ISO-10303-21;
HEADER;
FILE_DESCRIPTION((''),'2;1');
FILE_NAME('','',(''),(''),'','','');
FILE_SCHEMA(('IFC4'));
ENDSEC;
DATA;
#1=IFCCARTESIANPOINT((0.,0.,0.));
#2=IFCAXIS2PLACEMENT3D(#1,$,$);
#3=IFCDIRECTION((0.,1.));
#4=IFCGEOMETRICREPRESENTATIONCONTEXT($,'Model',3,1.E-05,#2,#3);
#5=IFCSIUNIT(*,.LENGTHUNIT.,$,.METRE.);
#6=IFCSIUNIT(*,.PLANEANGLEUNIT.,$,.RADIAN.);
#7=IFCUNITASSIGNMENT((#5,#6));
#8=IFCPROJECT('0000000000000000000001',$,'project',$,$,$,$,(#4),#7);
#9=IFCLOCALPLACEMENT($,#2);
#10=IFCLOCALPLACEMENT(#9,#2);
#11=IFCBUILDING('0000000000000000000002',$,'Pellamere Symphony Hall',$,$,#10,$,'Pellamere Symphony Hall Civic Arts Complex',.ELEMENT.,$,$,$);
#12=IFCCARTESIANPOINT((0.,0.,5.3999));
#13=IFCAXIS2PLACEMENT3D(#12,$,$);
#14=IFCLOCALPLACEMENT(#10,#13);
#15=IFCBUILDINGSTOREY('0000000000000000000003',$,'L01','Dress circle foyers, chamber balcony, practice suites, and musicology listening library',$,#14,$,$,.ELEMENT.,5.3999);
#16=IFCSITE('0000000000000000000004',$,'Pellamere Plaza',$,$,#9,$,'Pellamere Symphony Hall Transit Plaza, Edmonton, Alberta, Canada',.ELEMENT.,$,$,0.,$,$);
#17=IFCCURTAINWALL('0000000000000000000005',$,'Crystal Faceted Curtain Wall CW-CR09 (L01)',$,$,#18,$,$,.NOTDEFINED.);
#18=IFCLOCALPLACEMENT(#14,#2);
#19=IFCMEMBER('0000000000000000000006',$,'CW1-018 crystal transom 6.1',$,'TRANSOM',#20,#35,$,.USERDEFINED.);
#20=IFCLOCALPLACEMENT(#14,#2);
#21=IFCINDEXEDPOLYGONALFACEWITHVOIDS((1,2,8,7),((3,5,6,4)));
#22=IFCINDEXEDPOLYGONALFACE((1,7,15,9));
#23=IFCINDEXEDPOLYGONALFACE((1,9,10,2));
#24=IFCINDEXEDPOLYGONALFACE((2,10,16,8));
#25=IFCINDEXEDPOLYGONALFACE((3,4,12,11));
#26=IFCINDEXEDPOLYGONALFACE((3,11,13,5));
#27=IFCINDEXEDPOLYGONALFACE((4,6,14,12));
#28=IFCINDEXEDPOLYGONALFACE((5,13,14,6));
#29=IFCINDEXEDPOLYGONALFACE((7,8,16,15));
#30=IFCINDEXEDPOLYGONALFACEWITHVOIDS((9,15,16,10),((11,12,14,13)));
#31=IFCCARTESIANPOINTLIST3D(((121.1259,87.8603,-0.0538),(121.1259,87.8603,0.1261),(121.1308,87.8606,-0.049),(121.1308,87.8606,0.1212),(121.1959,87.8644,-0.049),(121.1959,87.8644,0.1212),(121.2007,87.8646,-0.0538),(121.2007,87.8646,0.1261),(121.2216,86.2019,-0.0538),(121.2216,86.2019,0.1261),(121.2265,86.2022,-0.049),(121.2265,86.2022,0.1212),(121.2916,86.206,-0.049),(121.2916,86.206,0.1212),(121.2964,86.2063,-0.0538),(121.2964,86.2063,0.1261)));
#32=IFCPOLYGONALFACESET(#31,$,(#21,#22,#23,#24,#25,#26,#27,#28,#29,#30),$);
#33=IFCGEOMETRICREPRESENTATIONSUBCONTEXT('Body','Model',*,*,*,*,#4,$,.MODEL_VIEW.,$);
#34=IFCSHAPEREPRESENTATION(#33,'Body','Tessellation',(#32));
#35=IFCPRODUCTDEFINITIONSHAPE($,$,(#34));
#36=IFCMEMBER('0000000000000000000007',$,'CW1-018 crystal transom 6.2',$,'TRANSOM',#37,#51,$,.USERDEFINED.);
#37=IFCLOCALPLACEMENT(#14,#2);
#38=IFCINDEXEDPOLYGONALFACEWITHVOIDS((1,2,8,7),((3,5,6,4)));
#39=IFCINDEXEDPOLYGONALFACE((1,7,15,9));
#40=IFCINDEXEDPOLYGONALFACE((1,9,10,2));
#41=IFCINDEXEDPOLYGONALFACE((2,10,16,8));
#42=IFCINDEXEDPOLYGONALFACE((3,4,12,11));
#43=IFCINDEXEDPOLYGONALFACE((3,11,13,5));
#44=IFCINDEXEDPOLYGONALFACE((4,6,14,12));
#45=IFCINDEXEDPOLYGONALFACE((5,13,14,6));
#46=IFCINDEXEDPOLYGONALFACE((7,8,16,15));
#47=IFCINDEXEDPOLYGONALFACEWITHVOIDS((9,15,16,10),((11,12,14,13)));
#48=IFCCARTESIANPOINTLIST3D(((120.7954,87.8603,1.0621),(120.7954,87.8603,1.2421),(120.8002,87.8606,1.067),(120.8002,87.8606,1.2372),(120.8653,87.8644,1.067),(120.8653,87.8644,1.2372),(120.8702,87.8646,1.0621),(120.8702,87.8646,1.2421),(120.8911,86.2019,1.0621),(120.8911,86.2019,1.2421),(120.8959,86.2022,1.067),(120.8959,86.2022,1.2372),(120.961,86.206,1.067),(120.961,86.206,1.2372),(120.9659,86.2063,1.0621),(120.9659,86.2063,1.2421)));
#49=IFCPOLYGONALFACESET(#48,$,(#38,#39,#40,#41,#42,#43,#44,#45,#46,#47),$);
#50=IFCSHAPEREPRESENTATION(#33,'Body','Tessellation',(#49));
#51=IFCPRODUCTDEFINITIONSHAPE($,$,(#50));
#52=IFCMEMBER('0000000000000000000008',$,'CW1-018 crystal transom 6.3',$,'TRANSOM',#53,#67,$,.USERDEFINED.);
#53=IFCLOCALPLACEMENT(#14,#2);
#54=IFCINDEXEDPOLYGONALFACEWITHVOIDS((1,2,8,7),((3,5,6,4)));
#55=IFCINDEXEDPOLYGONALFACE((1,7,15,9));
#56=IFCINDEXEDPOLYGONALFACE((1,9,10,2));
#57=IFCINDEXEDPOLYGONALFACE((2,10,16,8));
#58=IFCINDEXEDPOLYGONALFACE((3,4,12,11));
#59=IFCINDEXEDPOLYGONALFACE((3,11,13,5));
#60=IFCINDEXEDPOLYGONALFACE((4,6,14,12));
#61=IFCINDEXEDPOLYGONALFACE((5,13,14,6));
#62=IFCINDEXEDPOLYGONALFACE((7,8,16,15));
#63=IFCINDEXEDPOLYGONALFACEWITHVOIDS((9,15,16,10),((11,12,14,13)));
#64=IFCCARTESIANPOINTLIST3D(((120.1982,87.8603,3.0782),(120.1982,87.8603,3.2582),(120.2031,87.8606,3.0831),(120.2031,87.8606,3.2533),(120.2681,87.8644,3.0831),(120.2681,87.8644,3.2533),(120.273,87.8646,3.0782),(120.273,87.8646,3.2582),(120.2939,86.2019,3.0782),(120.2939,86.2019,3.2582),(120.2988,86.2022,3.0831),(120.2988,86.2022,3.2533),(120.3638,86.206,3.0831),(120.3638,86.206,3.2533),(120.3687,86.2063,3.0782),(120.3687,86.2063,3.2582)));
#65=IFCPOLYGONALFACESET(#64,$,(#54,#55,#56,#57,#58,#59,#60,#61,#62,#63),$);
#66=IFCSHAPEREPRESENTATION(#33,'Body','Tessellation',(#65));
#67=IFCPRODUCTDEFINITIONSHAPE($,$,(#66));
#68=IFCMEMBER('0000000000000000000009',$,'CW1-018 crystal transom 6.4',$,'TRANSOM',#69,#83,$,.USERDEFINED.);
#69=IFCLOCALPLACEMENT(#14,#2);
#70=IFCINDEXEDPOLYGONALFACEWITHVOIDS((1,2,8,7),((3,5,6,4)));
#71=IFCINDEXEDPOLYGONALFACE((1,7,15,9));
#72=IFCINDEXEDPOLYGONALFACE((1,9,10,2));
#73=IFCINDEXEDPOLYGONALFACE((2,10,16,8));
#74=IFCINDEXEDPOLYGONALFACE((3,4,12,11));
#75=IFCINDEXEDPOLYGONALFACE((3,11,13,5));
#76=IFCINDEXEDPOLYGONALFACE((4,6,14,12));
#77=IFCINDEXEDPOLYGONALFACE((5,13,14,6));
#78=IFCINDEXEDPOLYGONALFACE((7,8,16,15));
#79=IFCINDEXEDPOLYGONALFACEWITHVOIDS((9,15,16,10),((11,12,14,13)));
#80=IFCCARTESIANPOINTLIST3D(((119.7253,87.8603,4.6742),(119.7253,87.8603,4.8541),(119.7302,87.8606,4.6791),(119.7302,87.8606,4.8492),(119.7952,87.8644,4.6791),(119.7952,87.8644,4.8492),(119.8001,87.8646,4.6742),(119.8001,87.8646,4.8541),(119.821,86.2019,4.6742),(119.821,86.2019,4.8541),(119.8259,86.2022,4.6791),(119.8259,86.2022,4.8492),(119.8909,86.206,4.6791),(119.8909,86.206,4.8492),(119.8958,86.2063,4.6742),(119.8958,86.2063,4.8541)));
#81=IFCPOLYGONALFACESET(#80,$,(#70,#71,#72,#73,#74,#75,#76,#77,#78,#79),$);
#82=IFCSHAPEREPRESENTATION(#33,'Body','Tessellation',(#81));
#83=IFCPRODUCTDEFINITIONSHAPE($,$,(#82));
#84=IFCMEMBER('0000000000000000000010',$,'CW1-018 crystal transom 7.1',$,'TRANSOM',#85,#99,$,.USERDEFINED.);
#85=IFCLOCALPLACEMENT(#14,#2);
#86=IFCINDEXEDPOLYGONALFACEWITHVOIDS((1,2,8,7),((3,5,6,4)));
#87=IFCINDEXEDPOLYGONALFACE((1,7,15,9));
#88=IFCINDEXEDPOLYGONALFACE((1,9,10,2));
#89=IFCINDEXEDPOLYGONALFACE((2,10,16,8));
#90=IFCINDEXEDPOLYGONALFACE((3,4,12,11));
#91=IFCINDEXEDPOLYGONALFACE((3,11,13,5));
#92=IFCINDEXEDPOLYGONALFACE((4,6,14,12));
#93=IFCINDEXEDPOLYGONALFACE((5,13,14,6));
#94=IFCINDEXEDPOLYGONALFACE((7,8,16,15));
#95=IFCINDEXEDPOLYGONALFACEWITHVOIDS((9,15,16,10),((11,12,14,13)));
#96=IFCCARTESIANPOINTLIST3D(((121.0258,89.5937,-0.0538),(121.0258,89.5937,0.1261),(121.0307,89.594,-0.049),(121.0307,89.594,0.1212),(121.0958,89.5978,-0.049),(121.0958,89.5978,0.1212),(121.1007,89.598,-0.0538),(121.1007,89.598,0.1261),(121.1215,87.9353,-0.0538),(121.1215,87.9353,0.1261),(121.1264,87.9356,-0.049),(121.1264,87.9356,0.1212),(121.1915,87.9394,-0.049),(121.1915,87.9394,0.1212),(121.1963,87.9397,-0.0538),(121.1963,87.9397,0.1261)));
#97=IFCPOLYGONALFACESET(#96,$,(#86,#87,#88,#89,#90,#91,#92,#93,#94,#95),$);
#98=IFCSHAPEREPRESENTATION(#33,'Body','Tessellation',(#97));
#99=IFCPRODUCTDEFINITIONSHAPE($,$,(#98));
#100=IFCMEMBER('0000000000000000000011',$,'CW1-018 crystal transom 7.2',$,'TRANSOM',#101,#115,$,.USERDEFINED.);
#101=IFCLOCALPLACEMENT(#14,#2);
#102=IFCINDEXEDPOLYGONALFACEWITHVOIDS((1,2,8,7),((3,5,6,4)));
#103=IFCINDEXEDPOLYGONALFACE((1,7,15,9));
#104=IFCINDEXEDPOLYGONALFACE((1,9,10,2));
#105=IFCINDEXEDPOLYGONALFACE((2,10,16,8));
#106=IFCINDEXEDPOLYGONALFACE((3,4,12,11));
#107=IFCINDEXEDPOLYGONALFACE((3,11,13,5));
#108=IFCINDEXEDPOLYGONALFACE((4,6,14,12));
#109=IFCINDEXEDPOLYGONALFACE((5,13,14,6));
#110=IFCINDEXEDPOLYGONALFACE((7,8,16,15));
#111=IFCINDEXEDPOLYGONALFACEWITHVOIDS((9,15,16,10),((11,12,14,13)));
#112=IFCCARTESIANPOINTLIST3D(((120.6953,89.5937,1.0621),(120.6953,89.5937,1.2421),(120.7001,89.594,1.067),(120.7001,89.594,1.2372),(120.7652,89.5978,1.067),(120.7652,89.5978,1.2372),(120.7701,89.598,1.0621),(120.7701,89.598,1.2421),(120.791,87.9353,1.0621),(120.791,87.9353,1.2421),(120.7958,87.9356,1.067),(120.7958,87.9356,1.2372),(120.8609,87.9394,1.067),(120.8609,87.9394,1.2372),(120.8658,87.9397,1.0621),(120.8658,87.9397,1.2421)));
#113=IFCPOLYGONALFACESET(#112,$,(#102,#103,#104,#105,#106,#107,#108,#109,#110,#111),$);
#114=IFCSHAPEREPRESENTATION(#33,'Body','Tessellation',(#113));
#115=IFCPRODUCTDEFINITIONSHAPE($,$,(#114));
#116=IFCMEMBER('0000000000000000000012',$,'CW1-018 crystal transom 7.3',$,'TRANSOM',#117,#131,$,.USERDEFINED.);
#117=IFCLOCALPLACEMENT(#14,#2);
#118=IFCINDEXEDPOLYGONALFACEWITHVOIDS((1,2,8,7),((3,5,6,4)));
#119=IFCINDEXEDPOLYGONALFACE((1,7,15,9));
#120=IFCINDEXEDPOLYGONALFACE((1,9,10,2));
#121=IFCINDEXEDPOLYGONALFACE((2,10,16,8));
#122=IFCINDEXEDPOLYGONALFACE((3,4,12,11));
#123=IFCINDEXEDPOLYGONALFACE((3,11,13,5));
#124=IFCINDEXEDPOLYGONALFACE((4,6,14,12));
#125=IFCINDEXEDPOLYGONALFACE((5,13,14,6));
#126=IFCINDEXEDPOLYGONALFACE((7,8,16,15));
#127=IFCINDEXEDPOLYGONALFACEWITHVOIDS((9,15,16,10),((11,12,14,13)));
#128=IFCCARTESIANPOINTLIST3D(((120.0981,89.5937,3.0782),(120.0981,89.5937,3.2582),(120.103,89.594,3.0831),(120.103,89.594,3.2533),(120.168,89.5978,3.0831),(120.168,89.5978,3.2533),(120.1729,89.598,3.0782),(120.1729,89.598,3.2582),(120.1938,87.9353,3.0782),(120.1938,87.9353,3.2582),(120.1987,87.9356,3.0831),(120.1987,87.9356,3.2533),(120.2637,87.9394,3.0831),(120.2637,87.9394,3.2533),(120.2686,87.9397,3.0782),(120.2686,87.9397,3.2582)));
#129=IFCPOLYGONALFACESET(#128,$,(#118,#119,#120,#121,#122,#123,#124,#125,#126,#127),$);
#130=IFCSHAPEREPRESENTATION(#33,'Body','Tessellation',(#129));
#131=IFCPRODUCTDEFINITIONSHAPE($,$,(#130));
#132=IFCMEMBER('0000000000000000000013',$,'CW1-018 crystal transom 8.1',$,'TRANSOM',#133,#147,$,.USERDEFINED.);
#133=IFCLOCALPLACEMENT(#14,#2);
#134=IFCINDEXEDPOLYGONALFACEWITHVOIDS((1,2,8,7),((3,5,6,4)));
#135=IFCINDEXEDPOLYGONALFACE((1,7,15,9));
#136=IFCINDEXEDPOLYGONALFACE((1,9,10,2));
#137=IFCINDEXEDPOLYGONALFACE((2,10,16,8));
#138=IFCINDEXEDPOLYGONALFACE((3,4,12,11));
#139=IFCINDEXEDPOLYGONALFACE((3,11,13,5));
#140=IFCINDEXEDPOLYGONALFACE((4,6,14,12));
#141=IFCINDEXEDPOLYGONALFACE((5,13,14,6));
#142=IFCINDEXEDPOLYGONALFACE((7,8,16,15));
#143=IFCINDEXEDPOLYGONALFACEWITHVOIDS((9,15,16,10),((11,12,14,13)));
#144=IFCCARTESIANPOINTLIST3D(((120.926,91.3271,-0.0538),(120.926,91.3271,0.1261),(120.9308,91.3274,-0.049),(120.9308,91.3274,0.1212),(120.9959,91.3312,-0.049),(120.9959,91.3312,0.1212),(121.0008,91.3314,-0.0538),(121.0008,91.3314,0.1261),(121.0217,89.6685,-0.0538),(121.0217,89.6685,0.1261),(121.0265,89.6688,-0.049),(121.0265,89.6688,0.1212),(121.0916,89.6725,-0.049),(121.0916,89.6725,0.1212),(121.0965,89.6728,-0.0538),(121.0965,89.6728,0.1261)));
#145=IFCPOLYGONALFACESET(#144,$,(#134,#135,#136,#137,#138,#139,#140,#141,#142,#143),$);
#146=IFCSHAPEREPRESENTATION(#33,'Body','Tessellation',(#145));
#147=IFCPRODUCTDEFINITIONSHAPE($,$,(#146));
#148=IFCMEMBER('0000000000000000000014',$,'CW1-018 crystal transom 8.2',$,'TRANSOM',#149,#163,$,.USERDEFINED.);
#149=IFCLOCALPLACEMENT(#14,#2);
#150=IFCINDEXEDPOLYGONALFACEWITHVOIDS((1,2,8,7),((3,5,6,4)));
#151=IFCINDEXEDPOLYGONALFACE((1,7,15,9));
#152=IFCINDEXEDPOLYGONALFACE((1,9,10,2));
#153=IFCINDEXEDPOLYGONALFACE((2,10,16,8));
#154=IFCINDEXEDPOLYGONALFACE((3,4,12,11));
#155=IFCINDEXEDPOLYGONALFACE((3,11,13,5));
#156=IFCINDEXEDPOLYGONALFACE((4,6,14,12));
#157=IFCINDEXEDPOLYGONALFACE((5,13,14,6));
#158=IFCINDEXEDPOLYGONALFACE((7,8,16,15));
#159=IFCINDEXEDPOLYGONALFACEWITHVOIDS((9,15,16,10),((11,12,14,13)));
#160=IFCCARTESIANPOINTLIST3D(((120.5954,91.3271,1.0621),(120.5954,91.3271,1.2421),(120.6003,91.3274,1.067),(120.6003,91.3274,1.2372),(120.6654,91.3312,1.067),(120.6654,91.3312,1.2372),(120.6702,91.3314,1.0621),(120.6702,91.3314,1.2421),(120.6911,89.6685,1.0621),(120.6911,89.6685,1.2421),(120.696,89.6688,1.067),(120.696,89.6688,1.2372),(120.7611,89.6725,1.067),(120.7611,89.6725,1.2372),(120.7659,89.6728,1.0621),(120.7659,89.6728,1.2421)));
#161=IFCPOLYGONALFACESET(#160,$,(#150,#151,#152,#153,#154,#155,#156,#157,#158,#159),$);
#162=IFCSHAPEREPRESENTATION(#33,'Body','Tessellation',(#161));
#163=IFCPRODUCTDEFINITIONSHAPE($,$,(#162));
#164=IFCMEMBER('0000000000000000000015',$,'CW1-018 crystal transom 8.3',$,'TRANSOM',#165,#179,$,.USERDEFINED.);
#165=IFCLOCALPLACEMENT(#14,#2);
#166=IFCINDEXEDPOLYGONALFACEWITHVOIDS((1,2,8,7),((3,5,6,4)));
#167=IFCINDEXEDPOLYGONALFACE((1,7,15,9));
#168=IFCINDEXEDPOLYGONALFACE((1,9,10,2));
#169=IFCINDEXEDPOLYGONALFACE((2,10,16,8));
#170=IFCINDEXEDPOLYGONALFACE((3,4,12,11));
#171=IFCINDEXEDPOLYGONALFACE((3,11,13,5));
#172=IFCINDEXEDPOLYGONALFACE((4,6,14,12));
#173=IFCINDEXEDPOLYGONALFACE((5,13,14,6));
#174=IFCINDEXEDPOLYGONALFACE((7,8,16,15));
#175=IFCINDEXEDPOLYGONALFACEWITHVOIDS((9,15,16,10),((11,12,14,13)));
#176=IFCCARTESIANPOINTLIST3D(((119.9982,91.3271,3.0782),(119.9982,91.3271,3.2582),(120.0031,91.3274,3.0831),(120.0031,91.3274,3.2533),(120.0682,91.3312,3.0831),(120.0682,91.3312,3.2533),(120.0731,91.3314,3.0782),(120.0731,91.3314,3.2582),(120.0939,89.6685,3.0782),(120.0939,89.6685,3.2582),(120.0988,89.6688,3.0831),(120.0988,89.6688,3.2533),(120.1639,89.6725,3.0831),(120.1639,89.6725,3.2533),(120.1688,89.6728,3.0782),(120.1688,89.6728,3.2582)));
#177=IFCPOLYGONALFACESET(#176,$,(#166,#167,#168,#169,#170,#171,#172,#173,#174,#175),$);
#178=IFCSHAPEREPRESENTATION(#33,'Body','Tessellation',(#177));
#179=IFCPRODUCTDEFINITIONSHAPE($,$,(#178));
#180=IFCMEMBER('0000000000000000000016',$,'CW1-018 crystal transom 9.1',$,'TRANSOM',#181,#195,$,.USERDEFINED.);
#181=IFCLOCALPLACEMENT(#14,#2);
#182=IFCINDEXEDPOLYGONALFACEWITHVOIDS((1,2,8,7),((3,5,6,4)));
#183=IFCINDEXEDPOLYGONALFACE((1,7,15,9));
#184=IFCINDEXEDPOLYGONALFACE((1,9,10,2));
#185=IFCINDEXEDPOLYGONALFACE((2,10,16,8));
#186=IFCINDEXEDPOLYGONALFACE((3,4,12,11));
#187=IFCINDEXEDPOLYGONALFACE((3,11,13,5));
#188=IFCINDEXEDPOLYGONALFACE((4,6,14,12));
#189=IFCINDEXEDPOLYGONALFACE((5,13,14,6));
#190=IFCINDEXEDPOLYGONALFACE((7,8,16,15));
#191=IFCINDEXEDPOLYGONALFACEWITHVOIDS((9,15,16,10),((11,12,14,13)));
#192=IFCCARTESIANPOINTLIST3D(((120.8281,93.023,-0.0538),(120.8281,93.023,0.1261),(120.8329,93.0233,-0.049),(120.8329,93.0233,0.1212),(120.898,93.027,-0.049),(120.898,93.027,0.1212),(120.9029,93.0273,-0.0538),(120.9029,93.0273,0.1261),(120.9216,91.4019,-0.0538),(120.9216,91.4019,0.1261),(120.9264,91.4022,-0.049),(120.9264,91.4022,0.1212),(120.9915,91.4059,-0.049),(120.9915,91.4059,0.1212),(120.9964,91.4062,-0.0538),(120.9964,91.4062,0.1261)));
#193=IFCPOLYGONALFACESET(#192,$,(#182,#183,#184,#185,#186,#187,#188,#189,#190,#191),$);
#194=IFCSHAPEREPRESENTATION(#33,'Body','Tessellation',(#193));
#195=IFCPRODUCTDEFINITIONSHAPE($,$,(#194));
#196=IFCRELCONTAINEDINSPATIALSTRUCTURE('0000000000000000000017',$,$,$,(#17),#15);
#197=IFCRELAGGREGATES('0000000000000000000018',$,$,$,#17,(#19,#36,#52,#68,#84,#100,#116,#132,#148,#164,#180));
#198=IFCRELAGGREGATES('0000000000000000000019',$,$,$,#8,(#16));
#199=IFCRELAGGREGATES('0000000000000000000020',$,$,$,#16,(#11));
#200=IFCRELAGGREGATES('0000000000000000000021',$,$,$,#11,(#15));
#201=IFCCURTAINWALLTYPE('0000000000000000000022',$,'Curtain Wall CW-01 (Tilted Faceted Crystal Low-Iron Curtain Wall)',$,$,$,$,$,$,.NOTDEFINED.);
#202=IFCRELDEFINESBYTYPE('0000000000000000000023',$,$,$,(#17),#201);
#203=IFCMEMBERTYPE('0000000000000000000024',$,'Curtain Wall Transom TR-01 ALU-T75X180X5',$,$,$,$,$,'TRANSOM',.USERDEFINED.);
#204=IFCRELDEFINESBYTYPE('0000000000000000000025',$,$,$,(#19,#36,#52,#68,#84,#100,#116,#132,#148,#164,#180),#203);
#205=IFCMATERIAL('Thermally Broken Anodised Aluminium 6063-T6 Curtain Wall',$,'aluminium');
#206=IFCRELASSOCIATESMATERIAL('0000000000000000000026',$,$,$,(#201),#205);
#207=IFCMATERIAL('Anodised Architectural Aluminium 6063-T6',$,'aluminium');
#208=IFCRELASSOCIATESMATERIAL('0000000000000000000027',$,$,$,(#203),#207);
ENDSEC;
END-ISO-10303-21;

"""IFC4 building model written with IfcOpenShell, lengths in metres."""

from ifc_helpers import new_model, si_unit, direction, frame, origin, origin_2d, place, context, subcontext, project, spatial, hollow_rectangle, extrude, material, material_profile, profile_set, type_object, element, aggregate, save


model = new_model("IFC4")

# Units and contexts
model_context = context("Model", 3, precision=1e-05, world=origin(), true_north=direction((0.0, 1.0)))
body_context = subcontext(model_context, "Body", "Model", "MODEL_VIEW")
ifc_project = project(units=[si_unit("LENGTHUNIT", "METRE"), si_unit("PLANEANGLEUNIT", "RADIAN")], contexts=[model_context])

# Site, building, storey
site_placement = place(None, origin())
site = spatial("IfcSite", under=ifc_project, at=site_placement, Name="Pellamere Plaza", LongName="Pellamere Symphony Hall Transit Plaza, Edmonton, Alberta, Canada", CompositionType="ELEMENT", RefElevation=0.0)
building_placement = place(site_placement, origin())
building = spatial("IfcBuilding", under=site, at=building_placement, Name="Pellamere Symphony Hall", LongName="Pellamere Symphony Hall Civic Arts Complex", CompositionType="ELEMENT")
storey_placement = place(building_placement, frame((0.0, 0.0, 5.3999)))
storey = spatial("IfcBuildingStorey", under=building, at=storey_placement, Name="L01", Description="Dress circle foyers, chamber balcony, practice suites, and musicology listening library", CompositionType="ELEMENT", Elevation=5.3999)

# Curtain wall, members
ifc_material_1 = material(Name="Thermally Broken Anodised Aluminium 6063-T6 Curtain Wall", Category="aluminium")
curtain_wall_type = type_object("IfcCurtainWallType", Name="Curtain Wall CW-01 (Tilted Faceted Crystal Low-Iron Curtain Wall)", PredefinedType="NOTDEFINED", material=ifc_material_1)
curtain_wall_placement = place(storey_placement, origin())
curtain_wall = element("IfcCurtainWall", 1, at=curtain_wall_placement, inside=storey, type_object=curtain_wall_type, Name="Crystal Faceted Curtain Wall CW-CR09 (L01)", PredefinedType="NOTDEFINED")
ifc_material_2 = material(Name="Anodised Architectural Aluminium 6063-T6", Category="aluminium")
ifc_material_profile_1 = material_profile(ifc_material_2, hollow_rectangle(XDim=0.075, YDim=0.1799, WallThickness=0.0049, at=origin_2d()), Name="ALU-T75X180X5")
ifc_profile_set_1 = profile_set([ifc_material_profile_1], Name="Anodised Architectural Aluminium 6063-T6")
member_type_1 = type_object("IfcMemberType", Name="Curtain Wall Transom TR-01 ALU-T75X180X5", ElementType="TRANSOM", PredefinedType="USERDEFINED", material=ifc_profile_set_1)
member_1_placement = place(storey_placement, frame((121.259, 86.2041, 0.0361), z_axis=(-0.057611, 0.998339, 0.0), x_axis=(-0.998339, -0.057611, 0.0)))
member_1 = element("IfcMember", 2, at=member_1_placement, type_object=member_type_1, Name="CW1-018 crystal transom 6.1", ObjectType="TRANSOM", PredefinedType="USERDEFINED", context=body_context, shape_type="SweptSolid", body=[
    extrude(hollow_rectangle(XDim=0.075, YDim=0.1799, WallThickness=0.0049, at=origin_2d()), origin(), (0.0, 0.0, 1.0), 1.6611),
])
member_2_placement = place(storey_placement, frame((120.9285, 86.2041, 1.1521), z_axis=(-0.057611, 0.998339, 0.0), x_axis=(-0.998339, -0.057611, 0.0)))
member_2 = element("IfcMember", 3, at=member_2_placement, type_object=member_type_1, Name="CW1-018 crystal transom 6.2", ObjectType="TRANSOM", PredefinedType="USERDEFINED", context=body_context, shape_type="SweptSolid", body=[
    extrude(hollow_rectangle(XDim=0.075, YDim=0.1799, WallThickness=0.0049, at=origin_2d()), origin(), (0.0, 0.0, 1.0), 1.6611),
])
member_3_placement = place(storey_placement, frame((120.3313, 86.2041, 3.1682), z_axis=(-0.057611, 0.998339, 0.0), x_axis=(-0.998339, -0.057611, 0.0)))
member_3 = element("IfcMember", 4, at=member_3_placement, type_object=member_type_1, Name="CW1-018 crystal transom 6.3", ObjectType="TRANSOM", PredefinedType="USERDEFINED", context=body_context, shape_type="SweptSolid", body=[
    extrude(hollow_rectangle(XDim=0.075, YDim=0.1799, WallThickness=0.0049, at=origin_2d()), origin(), (0.0, 0.0, 1.0), 1.6611),
])
member_4_placement = place(storey_placement, frame((119.8584, 86.2041, 4.7642), z_axis=(-0.057611, 0.998339, 0.0), x_axis=(-0.998339, -0.057611, 0.0)))
member_4 = element("IfcMember", 5, at=member_4_placement, type_object=member_type_1, Name="CW1-018 crystal transom 6.4", ObjectType="TRANSOM", PredefinedType="USERDEFINED", context=body_context, shape_type="SweptSolid", body=[
    extrude(hollow_rectangle(XDim=0.075, YDim=0.1799, WallThickness=0.0049, at=origin_2d()), origin(), (0.0, 0.0, 1.0), 1.6611),
])
member_5_placement = place(storey_placement, frame((121.1589, 87.9375, 0.0361), z_axis=(-0.057611, 0.998339, 0.0), x_axis=(-0.998339, -0.057611, 0.0)))
member_5 = element("IfcMember", 6, at=member_5_placement, type_object=member_type_1, Name="CW1-018 crystal transom 7.1", ObjectType="TRANSOM", PredefinedType="USERDEFINED", context=body_context, shape_type="SweptSolid", body=[
    extrude(hollow_rectangle(XDim=0.075, YDim=0.1799, WallThickness=0.0049, at=origin_2d()), origin(), (0.0, 0.0, 1.0), 1.6611),
])
member_6_placement = place(storey_placement, frame((120.8284, 87.9375, 1.1521), z_axis=(-0.057611, 0.998339, 0.0), x_axis=(-0.998339, -0.057611, 0.0)))
member_6 = element("IfcMember", 7, at=member_6_placement, type_object=member_type_1, Name="CW1-018 crystal transom 7.2", ObjectType="TRANSOM", PredefinedType="USERDEFINED", context=body_context, shape_type="SweptSolid", body=[
    extrude(hollow_rectangle(XDim=0.075, YDim=0.1799, WallThickness=0.0049, at=origin_2d()), origin(), (0.0, 0.0, 1.0), 1.6611),
])
member_7_placement = place(storey_placement, frame((120.2312, 87.9375, 3.1682), z_axis=(-0.057611, 0.998339, 0.0), x_axis=(-0.998339, -0.057611, 0.0)))
member_7 = element("IfcMember", 8, at=member_7_placement, type_object=member_type_1, Name="CW1-018 crystal transom 7.3", ObjectType="TRANSOM", PredefinedType="USERDEFINED", context=body_context, shape_type="SweptSolid", body=[
    extrude(hollow_rectangle(XDim=0.075, YDim=0.1799, WallThickness=0.0049, at=origin_2d()), origin(), (0.0, 0.0, 1.0), 1.6611),
])
member_8_placement = place(storey_placement, frame((121.0591, 89.6707, 0.0361), z_axis=(-0.057602, 0.99834, 0.0), x_axis=(-0.99834, -0.057602, 0.0)))
member_8 = element("IfcMember", 9, at=member_8_placement, type_object=member_type_1, Name="CW1-018 crystal transom 8.1", ObjectType="TRANSOM", PredefinedType="USERDEFINED", context=body_context, shape_type="SweptSolid", body=[
    extrude(hollow_rectangle(XDim=0.075, YDim=0.1799, WallThickness=0.0049, at=origin_2d()), origin(), (0.0, 0.0, 1.0), 1.6614),
])
member_9_placement = place(storey_placement, frame((120.7285, 89.6707, 1.1521), z_axis=(-0.057602, 0.99834, 0.0), x_axis=(-0.99834, -0.057602, 0.0)))
member_9 = element("IfcMember", 10, at=member_9_placement, type_object=member_type_1, Name="CW1-018 crystal transom 8.2", ObjectType="TRANSOM", PredefinedType="USERDEFINED", context=body_context, shape_type="SweptSolid", body=[
    extrude(hollow_rectangle(XDim=0.075, YDim=0.1799, WallThickness=0.0049, at=origin_2d()), origin(), (0.0, 0.0, 1.0), 1.6614),
])
member_10_placement = place(storey_placement, frame((120.1313, 89.6707, 3.1682), z_axis=(-0.057602, 0.99834, 0.0), x_axis=(-0.99834, -0.057602, 0.0)))
member_10 = element("IfcMember", 11, at=member_10_placement, type_object=member_type_1, Name="CW1-018 crystal transom 8.3", ObjectType="TRANSOM", PredefinedType="USERDEFINED", context=body_context, shape_type="SweptSolid", body=[
    extrude(hollow_rectangle(XDim=0.075, YDim=0.1799, WallThickness=0.0049, at=origin_2d()), origin(), (0.0, 0.0, 1.0), 1.6614),
])
member_11_placement = place(storey_placement, frame((120.959, 91.4041, 0.0361), z_axis=(-0.057585, 0.998341, 0.0), x_axis=(-0.998341, -0.057585, 0.0)))
member_11 = element("IfcMember", 12, at=member_11_placement, type_object=member_type_1, Name="CW1-018 crystal transom 9.1", ObjectType="TRANSOM", PredefinedType="USERDEFINED", context=body_context, shape_type="SweptSolid", body=[
    extrude(hollow_rectangle(XDim=0.075, YDim=0.1799, WallThickness=0.0049, at=origin_2d()), origin(), (0.0, 0.0, 1.0), 1.6238),
])
aggregate(curtain_wall, [member_1, member_2, member_3, member_4, member_5, member_6, member_7, member_8, member_9, member_10, member_11])

save(model, "model.ifc")
